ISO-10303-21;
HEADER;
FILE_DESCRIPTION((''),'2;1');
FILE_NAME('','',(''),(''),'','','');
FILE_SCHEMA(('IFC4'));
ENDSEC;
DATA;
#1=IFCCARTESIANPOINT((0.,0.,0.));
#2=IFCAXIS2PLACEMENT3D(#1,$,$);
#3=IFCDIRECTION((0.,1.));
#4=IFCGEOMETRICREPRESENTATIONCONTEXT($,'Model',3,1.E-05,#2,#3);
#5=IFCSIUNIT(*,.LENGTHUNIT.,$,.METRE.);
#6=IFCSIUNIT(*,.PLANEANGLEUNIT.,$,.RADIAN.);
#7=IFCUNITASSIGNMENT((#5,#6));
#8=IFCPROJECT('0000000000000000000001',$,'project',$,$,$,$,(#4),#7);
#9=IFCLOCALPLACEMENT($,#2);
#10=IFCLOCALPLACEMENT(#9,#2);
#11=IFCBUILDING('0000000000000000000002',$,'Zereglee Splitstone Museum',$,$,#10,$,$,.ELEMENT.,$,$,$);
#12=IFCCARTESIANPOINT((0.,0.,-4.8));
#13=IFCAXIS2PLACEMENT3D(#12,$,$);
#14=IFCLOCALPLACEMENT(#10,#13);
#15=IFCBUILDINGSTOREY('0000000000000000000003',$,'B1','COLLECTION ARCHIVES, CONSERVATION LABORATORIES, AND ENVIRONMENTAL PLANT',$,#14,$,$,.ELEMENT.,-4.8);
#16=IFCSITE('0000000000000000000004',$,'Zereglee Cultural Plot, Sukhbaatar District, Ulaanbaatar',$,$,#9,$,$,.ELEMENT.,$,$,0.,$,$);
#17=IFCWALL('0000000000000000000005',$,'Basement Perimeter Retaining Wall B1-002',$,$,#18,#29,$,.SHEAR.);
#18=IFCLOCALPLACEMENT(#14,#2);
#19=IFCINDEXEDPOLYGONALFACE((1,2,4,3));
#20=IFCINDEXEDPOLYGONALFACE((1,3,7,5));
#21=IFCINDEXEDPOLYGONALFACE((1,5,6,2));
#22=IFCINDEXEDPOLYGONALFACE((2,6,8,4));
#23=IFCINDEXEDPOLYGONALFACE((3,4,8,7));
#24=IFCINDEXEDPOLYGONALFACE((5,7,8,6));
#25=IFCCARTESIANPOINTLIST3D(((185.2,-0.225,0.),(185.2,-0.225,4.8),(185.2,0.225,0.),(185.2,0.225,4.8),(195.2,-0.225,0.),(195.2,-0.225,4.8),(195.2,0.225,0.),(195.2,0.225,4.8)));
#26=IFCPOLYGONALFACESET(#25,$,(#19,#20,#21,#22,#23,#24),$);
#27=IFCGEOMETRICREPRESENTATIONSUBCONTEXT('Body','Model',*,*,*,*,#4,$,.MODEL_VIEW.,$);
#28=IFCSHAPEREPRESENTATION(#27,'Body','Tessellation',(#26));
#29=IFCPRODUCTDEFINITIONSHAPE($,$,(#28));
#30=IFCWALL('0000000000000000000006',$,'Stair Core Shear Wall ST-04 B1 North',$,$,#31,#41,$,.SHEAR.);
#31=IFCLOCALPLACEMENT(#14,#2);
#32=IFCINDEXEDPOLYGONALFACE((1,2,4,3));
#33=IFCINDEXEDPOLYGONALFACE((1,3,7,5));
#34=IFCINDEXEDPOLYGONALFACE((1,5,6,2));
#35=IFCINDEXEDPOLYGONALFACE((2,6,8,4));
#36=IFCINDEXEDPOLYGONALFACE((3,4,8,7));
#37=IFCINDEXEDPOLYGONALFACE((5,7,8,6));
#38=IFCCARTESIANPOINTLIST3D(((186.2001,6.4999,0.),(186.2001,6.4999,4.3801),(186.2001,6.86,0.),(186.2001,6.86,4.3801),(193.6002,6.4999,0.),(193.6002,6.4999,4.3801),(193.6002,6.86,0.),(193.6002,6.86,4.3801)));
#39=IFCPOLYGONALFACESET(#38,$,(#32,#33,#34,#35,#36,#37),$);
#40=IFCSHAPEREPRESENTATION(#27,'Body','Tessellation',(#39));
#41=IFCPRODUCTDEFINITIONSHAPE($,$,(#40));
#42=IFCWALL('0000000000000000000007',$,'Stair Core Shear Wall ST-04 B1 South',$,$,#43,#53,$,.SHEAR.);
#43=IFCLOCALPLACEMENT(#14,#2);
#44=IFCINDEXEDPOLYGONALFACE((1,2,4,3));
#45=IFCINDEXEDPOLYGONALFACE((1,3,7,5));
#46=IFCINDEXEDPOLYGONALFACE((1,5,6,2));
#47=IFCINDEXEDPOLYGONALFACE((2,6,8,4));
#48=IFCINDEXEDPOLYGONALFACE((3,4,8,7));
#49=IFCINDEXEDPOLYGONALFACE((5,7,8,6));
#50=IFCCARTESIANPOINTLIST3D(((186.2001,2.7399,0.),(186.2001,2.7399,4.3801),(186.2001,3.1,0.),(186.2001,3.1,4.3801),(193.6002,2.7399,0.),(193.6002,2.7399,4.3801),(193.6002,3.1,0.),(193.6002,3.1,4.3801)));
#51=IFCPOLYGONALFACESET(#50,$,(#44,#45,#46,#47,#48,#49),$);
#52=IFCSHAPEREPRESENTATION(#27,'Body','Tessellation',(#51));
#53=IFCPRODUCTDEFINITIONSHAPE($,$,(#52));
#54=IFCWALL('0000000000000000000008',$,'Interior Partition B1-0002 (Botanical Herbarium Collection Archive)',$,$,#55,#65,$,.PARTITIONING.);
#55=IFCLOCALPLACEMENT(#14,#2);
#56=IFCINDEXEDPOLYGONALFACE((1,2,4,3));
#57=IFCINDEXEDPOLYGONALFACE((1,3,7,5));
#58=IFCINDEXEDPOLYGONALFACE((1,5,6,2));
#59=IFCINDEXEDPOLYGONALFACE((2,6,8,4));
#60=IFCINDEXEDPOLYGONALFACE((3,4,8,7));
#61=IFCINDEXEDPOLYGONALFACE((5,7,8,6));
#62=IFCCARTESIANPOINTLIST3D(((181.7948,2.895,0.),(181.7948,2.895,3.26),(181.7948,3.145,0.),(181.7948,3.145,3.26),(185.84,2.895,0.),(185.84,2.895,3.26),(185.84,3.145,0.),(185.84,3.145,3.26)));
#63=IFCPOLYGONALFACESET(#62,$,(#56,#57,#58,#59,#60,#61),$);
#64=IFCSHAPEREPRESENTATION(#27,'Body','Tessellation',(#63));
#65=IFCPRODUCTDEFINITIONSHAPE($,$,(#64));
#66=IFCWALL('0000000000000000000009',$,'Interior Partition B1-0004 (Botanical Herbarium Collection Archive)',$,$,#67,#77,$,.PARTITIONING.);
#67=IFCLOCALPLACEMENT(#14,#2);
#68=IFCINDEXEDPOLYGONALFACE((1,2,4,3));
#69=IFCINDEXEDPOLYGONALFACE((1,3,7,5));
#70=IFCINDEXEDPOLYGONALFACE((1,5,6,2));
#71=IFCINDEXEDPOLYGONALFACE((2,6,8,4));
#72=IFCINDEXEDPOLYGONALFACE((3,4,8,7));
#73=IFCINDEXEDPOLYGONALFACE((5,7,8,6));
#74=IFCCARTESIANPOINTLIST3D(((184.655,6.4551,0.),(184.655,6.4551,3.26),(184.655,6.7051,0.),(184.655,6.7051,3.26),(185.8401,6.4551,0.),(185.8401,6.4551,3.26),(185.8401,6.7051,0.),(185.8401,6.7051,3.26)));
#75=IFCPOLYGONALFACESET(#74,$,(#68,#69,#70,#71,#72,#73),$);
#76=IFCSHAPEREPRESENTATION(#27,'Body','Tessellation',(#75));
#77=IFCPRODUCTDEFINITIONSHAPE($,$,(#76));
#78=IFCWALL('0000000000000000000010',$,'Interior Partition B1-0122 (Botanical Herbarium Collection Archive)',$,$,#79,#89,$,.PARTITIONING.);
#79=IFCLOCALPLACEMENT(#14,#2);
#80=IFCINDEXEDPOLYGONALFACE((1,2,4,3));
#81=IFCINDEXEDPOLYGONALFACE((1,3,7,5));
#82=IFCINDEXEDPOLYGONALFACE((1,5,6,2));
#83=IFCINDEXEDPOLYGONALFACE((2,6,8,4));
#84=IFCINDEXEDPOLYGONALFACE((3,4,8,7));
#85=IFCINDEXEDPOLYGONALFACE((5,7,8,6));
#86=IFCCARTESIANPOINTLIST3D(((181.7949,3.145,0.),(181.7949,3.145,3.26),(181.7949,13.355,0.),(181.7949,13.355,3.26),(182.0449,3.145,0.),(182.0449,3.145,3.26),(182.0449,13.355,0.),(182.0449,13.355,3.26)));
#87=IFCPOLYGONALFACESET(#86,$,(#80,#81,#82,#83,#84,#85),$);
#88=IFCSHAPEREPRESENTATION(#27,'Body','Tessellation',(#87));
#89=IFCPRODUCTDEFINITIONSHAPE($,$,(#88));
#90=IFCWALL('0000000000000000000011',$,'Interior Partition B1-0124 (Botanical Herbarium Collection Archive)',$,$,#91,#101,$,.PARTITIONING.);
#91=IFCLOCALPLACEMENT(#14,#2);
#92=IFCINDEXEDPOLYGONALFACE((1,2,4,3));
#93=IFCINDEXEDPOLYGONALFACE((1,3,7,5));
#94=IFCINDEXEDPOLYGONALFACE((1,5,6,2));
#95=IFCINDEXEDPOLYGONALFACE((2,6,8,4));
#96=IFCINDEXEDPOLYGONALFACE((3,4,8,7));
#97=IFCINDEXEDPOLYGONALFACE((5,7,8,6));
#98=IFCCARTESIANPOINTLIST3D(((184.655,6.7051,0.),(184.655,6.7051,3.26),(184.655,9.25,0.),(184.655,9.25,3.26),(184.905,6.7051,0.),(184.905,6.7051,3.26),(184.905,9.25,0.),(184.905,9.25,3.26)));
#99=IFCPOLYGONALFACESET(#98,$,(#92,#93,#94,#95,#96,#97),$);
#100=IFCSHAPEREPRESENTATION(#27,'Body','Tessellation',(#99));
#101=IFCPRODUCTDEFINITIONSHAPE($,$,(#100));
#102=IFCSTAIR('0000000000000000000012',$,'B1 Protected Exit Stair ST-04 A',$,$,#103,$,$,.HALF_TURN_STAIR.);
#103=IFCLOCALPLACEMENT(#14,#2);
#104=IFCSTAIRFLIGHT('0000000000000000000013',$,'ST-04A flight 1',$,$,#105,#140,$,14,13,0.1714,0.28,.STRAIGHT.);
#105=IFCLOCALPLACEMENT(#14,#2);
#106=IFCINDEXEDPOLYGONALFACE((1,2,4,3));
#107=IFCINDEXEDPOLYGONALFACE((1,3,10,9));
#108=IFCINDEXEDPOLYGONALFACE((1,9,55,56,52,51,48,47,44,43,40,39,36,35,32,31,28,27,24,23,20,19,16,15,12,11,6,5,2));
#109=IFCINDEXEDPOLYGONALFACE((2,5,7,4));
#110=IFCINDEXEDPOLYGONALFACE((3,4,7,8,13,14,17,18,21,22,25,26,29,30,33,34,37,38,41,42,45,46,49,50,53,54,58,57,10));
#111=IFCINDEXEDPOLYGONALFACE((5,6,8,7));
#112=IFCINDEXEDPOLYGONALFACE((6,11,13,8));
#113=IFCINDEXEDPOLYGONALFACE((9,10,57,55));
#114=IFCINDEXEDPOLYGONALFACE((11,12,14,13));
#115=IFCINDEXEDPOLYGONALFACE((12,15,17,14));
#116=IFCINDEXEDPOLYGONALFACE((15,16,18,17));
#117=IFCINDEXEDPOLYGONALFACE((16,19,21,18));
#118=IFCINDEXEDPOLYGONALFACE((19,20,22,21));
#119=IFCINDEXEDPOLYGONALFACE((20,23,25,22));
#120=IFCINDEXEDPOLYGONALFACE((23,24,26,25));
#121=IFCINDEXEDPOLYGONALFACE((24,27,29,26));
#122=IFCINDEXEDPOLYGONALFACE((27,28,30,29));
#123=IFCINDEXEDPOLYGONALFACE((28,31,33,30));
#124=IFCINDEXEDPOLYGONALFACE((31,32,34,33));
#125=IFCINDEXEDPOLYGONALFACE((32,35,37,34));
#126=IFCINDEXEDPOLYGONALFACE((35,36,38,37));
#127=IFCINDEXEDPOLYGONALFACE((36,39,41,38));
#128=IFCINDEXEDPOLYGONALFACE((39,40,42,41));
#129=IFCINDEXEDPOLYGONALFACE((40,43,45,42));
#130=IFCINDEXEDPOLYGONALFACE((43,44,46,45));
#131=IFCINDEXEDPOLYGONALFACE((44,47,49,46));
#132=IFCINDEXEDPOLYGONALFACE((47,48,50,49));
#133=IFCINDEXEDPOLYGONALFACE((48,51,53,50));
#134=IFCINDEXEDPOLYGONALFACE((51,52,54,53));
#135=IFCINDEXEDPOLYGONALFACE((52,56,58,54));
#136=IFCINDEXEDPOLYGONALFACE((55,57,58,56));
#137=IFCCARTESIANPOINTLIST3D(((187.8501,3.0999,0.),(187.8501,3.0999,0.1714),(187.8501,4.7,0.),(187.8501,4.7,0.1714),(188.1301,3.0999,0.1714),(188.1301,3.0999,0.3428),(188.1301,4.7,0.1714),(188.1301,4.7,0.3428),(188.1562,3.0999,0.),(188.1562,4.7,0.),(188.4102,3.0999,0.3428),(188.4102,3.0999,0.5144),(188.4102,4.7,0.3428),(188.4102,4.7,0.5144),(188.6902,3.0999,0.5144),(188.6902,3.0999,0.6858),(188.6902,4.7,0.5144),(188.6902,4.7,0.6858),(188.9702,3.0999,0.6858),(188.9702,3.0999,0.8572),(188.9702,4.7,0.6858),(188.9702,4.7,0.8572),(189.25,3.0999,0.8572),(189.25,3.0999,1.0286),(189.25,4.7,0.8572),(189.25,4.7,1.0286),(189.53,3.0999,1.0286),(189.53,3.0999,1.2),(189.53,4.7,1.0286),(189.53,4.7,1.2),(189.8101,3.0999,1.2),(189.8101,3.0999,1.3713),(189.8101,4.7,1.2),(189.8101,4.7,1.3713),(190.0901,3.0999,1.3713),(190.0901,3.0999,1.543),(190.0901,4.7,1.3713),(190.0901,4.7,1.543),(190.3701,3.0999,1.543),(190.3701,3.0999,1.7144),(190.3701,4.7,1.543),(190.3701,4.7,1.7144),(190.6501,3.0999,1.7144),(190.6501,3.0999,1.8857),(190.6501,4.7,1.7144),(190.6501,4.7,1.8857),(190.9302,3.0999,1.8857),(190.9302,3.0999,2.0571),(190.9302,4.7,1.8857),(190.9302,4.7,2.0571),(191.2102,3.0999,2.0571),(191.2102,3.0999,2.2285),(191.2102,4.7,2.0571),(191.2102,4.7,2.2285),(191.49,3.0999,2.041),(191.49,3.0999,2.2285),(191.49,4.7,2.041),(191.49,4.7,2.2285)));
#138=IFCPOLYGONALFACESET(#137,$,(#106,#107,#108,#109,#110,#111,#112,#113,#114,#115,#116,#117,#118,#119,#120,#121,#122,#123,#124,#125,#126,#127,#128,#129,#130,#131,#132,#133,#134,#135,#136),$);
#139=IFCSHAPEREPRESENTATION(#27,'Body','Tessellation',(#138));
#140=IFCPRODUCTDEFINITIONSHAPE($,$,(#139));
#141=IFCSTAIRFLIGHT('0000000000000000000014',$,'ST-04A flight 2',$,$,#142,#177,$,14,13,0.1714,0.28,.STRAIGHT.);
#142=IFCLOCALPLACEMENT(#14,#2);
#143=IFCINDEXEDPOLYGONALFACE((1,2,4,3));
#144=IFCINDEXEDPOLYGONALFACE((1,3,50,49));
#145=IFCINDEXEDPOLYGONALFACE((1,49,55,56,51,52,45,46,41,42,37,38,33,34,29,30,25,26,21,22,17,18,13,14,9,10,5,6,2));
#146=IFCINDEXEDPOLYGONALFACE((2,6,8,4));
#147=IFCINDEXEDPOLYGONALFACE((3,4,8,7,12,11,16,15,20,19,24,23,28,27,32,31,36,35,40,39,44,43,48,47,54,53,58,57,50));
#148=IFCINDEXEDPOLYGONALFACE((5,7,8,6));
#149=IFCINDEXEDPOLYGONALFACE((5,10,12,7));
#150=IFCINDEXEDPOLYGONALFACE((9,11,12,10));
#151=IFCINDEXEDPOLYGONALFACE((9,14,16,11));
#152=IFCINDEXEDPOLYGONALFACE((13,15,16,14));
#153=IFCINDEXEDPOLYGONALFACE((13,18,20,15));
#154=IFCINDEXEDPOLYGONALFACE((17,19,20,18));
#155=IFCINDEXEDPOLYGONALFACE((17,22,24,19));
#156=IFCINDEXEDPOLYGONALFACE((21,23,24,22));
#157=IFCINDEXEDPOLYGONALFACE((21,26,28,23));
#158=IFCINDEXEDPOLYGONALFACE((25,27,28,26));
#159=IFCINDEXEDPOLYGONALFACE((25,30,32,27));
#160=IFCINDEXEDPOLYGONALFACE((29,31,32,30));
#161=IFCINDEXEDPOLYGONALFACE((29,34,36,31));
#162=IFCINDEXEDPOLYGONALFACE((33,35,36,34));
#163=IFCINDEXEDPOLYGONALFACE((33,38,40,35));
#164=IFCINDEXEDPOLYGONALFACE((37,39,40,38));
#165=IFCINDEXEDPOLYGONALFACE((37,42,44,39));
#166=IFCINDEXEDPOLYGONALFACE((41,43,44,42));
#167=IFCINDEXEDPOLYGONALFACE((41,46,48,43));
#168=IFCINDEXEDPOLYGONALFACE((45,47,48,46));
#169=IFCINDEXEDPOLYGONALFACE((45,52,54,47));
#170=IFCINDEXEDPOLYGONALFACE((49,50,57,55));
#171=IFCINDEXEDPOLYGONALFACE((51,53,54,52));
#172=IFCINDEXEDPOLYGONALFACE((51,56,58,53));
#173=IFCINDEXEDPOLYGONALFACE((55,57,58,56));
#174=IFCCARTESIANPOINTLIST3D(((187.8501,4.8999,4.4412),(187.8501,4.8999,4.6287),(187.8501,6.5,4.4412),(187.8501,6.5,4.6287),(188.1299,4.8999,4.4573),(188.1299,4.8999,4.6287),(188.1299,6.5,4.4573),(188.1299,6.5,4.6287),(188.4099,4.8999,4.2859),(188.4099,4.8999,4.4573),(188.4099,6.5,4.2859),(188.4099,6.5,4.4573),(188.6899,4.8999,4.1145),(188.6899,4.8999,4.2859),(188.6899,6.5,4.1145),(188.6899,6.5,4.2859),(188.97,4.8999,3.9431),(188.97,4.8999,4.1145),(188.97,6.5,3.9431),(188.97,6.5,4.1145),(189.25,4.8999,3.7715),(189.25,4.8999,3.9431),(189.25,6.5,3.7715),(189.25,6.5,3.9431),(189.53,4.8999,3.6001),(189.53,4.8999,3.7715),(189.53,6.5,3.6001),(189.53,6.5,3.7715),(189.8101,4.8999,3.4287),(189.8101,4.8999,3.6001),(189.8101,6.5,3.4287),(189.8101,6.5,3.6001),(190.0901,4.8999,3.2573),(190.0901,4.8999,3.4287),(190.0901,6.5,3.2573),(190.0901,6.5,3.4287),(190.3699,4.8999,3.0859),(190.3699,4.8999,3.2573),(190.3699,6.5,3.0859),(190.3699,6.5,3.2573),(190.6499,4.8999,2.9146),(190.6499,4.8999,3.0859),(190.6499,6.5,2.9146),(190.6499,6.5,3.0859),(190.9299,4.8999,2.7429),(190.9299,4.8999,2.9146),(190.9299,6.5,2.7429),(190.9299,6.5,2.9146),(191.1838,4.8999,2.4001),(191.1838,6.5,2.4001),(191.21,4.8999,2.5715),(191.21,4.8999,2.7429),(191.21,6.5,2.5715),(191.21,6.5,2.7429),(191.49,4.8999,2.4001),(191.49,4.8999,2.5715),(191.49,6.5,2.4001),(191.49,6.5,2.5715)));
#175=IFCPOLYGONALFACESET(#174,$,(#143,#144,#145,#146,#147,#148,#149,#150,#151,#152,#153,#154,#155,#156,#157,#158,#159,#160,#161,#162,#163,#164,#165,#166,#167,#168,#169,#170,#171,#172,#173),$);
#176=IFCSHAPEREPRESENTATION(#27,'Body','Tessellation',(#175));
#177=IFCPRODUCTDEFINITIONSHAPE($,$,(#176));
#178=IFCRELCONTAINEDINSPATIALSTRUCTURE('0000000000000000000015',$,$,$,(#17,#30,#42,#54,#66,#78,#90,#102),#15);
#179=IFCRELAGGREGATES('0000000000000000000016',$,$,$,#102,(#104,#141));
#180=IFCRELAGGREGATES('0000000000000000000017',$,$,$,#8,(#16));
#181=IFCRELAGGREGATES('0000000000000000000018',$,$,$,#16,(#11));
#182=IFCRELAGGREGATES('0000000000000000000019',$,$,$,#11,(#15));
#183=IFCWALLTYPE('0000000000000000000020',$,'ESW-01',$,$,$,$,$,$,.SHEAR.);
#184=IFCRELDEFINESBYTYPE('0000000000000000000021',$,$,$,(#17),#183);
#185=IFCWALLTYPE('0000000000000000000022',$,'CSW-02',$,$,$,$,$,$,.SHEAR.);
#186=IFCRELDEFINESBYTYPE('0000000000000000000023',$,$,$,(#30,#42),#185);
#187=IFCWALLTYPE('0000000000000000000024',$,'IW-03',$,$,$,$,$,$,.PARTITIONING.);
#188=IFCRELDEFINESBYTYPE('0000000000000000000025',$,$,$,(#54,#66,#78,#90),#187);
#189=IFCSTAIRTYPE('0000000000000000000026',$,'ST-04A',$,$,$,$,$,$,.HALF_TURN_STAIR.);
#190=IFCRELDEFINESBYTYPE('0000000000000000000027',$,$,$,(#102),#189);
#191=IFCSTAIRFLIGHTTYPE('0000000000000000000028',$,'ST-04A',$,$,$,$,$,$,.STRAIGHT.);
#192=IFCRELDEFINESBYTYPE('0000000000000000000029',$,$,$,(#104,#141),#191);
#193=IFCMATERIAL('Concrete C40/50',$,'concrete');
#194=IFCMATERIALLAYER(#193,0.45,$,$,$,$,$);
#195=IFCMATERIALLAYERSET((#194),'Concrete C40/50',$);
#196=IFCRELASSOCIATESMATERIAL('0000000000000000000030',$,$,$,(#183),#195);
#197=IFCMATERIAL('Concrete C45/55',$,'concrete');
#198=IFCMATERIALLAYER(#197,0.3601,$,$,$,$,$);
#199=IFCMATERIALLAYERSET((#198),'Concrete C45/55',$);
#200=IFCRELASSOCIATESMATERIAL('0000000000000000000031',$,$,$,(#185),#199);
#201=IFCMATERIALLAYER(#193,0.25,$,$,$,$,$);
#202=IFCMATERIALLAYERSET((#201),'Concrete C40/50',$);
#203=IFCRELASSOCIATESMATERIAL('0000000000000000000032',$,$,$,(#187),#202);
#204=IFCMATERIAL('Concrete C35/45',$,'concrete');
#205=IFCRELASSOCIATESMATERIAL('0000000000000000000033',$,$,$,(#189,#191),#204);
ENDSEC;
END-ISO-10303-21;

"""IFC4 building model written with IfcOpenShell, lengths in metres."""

from ifc_helpers import new_model, si_unit, direction, frame, frame_2d, origin, place, context, subcontext, project, spatial, polyline, rectangle, outline, extrude, material, layer, layer_set, type_object, element, aggregate, save


model = new_model("IFC4")

# Units and contexts
model_context = context("Model", 3, precision=1e-05, world=origin(), true_north=direction((0.0, 1.0)))
body_context = subcontext(model_context, "Body", "Model", "MODEL_VIEW")
ifc_project = project(units=[si_unit("LENGTHUNIT", "METRE"), si_unit("PLANEANGLEUNIT", "RADIAN")], contexts=[model_context])

# Site, building, storey
site_placement = place(None, origin())
site = spatial("IfcSite", under=ifc_project, at=site_placement, Name="Zereglee Cultural Plot, Sukhbaatar District, Ulaanbaatar", CompositionType="ELEMENT", RefElevation=0.0)
building_placement = place(site_placement, origin())
building = spatial("IfcBuilding", under=site, at=building_placement, Name="Zereglee Splitstone Museum", CompositionType="ELEMENT")
storey_placement = place(building_placement, frame((0.0, 0.0, -4.8)))
storey = spatial("IfcBuildingStorey", under=building, at=storey_placement, Name="B1", Description="COLLECTION ARCHIVES, CONSERVATION LABORATORIES, AND ENVIRONMENTAL PLANT", CompositionType="ELEMENT", Elevation=-4.8)

# Shared definitions
ifc_material_1 = material(Name="Concrete C40/50", Category="concrete")

# Shared definitions
ifc_material_2 = material(Name="Concrete C45/55", Category="concrete")

# Wall
ifc_layer_1 = layer(ifc_material_1, 0.45)
ifc_layer_set_1 = layer_set([ifc_layer_1], Name="Concrete C40/50")
wall_type_1 = type_object("IfcWallType", Name="ESW-01", PredefinedType="SHEAR", material=ifc_layer_set_1)
wall_1_placement = place(storey_placement, frame((185.2, 0.0, 0.0), z_axis=(0.0, 0.0, 1.0), x_axis=(1.0, 0.0, 0.0)))
element("IfcWall", 1, at=wall_1_placement, inside=storey, type_object=wall_type_1, Name="Basement Perimeter Retaining Wall B1-002", PredefinedType="SHEAR", context=body_context, shape_type="SweptSolid", body=[
    extrude(rectangle(XDim=10.0, YDim=0.45, at=frame_2d((5.0, 0.0))), origin(), (0.0, 0.0, 1.0), 4.8),
])

# Shared definitions
ifc_layer_2 = layer(ifc_material_2, 0.3601)
ifc_layer_set_2 = layer_set([ifc_layer_2], Name="Concrete C45/55")
wall_type_2 = type_object("IfcWallType", Name="CSW-02", PredefinedType="SHEAR", material=ifc_layer_set_2)

# Walls
for number, where, z_axis, x_axis, name in (
    (2, (186.2, 6.6799, 0.0), (0.0, 0.0, 1.0), (1.0, 0.0, 0.0), "Stair Core Shear Wall ST-04 B1 North"),
    (3, (186.2, 2.9199, 0.0), (0.0, 0.0, 1.0), (1.0, 0.0, 0.0), "Stair Core Shear Wall ST-04 B1 South"),
):
    element("IfcWall", number, at=place(storey_placement, frame(where, z_axis=z_axis, x_axis=x_axis)), inside=storey, type_object=wall_type_2, Name=name, PredefinedType="SHEAR", context=body_context, shape_type="SweptSolid", body=[
        extrude(rectangle(XDim=7.4001, YDim=0.3601, at=frame_2d((3.7002, 0.0))), origin(), (0.0, 0.0, 1.0), 4.3801),
    ])
ifc_layer_3 = layer(ifc_material_1, 0.25)
ifc_layer_set_3 = layer_set([ifc_layer_3], Name="Concrete C40/50")
wall_type_3 = type_object("IfcWallType", Name="IW-03", PredefinedType="PARTITIONING", material=ifc_layer_set_3)
wall_2_placement = place(storey_placement, frame((181.7949, 3.02, 0.0), z_axis=(0.0, 0.0, 1.0), x_axis=(1.0, 0.0, 0.0)))
element("IfcWall", 4, at=wall_2_placement, inside=storey, type_object=wall_type_3, Name="Interior Partition B1-0002 (Botanical Herbarium Collection Archive)", PredefinedType="PARTITIONING", context=body_context, shape_type="SweptSolid", body=[
    extrude(rectangle(XDim=4.0452, YDim=0.25, at=frame_2d((2.0225, 0.0))), origin(), (0.0, 0.0, 1.0), 3.26),
])
wall_3_placement = place(storey_placement, frame((184.655, 6.5801, 0.0), z_axis=(0.0, 0.0, 1.0), x_axis=(1.0, 0.0, 0.0)))
element("IfcWall", 5, at=wall_3_placement, inside=storey, type_object=wall_type_3, Name="Interior Partition B1-0004 (Botanical Herbarium Collection Archive)", PredefinedType="PARTITIONING", context=body_context, shape_type="SweptSolid", body=[
    extrude(rectangle(XDim=1.1851, YDim=0.25, at=frame_2d((0.5925, 0.0))), origin(), (0.0, 0.0, 1.0), 3.26),
])
wall_4_placement = place(storey_placement, frame((181.9199, 3.145, 0.0), z_axis=(0.0, 0.0, 1.0), x_axis=(0.0, 1.0, 0.0)))
element("IfcWall", 6, at=wall_4_placement, inside=storey, type_object=wall_type_3, Name="Interior Partition B1-0122 (Botanical Herbarium Collection Archive)", PredefinedType="PARTITIONING", context=body_context, shape_type="SweptSolid", body=[
    extrude(rectangle(XDim=10.21, YDim=0.25, at=frame_2d((5.105, 0.0))), origin(), (0.0, 0.0, 1.0), 3.26),
])
wall_5_placement = place(storey_placement, frame((184.78, 6.7051, 0.0), z_axis=(0.0, 0.0, 1.0), x_axis=(0.0, 1.0, 0.0)))
element("IfcWall", 7, at=wall_5_placement, inside=storey, type_object=wall_type_3, Name="Interior Partition B1-0124 (Botanical Herbarium Collection Archive)", PredefinedType="PARTITIONING", context=body_context, shape_type="SweptSolid", body=[
    extrude(rectangle(XDim=2.5449, YDim=0.25, at=frame_2d((1.2725, 0.0))), origin(), (0.0, 0.0, 1.0), 3.26),
])

# Stair, stair flights
ifc_material_3 = material(Name="Concrete C35/45", Category="concrete")
stair_type = type_object("IfcStairType", Name="ST-04A", PredefinedType="HALF_TURN_STAIR", material=ifc_material_3)
stair_placement = place(storey_placement, origin())
stair = element("IfcStair", 8, at=stair_placement, inside=storey, type_object=stair_type, Name="B1 Protected Exit Stair ST-04 A", PredefinedType="HALF_TURN_STAIR")
stair_flight_type = type_object("IfcStairFlightType", Name="ST-04A", PredefinedType="STRAIGHT", material=ifc_material_3)
stair_flight_1_placement = place(storey_placement, frame((187.8501, 3.8999, 0.0), z_axis=(0.0, 0.0, 1.0), x_axis=(1.0, 0.0, 0.0)))
stair_flight_1 = element("IfcStairFlight", 9, at=stair_flight_1_placement, type_object=stair_flight_type, Name="ST-04A flight 1", NumberOfRisers=14, NumberOfTreads=13, PredefinedType="STRAIGHT", RiserHeight=0.1714, TreadLength=0.28, context=body_context, shape_type="SweptSolid", body=[
    extrude(outline(polyline([(0.0, 0.0), (0.0, 0.1714), (0.28, 0.1714), (0.28, 0.3428), (0.5601, 0.3428), (0.5601, 0.5144), (0.8401, 0.5144), (0.8401, 0.6858), (1.1201, 0.6858), (1.1201, 0.8572), (1.3999, 0.8572), (1.3999, 1.0286), (1.6799, 1.0286), (1.6799, 1.2), (1.96, 1.2), (1.96, 1.3713), (2.24, 1.3713), (2.24, 1.543), (2.52, 1.543), (2.52, 1.7144), (2.8, 1.7144), (2.8, 1.8857), (3.0801, 1.8857), (3.0801, 2.0571), (3.3601, 2.0571), (3.3601, 2.2285), (3.6399, 2.2285), (3.6399, 2.3999), (3.6399, 2.041), (0.3062, 0.0), (0.0, 0.0)])), frame((0.0, 0.8, 0.0), z_axis=(0.0, -1.0, 0.0), x_axis=(1.0, 0.0, 0.0)), (0.0, 0.0, 1.0), 1.6001),
])
stair_flight_2_placement = place(storey_placement, frame((191.49, 5.7, 2.4001), z_axis=(0.0, 0.0, 1.0), x_axis=(-1.0, 0.0, 0.0)))
stair_flight_2 = element("IfcStairFlight", 10, at=stair_flight_2_placement, type_object=stair_flight_type, Name="ST-04A flight 2", NumberOfRisers=14, NumberOfTreads=13, PredefinedType="STRAIGHT", RiserHeight=0.1714, TreadLength=0.28, context=body_context, shape_type="SweptSolid", body=[
    extrude(outline(polyline([(0.0, 0.0), (0.0, 0.1714), (0.28, 0.1714), (0.28, 0.3428), (0.5601, 0.3428), (0.5601, 0.5144), (0.8401, 0.5144), (0.8401, 0.6858), (1.1201, 0.6858), (1.1201, 0.8572), (1.3999, 0.8572), (1.3999, 1.0286), (1.6799, 1.0286), (1.6799, 1.2), (1.96, 1.2), (1.96, 1.3713), (2.24, 1.3713), (2.24, 1.543), (2.52, 1.543), (2.52, 1.7144), (2.8, 1.7144), (2.8, 1.8857), (3.0801, 1.8857), (3.0801, 2.0571), (3.3601, 2.0571), (3.3601, 2.2285), (3.6399, 2.2285), (3.6399, 2.3999), (3.6399, 2.041), (0.3062, 0.0), (0.0, 0.0)])), frame((0.0, 0.8, 0.0), z_axis=(0.0, -1.0, 0.0), x_axis=(1.0, 0.0, 0.0)), (0.0, 0.0, 1.0), 1.6001),
])
aggregate(stair, [stair_flight_1, stair_flight_2])

save(model, "model.ifc")
